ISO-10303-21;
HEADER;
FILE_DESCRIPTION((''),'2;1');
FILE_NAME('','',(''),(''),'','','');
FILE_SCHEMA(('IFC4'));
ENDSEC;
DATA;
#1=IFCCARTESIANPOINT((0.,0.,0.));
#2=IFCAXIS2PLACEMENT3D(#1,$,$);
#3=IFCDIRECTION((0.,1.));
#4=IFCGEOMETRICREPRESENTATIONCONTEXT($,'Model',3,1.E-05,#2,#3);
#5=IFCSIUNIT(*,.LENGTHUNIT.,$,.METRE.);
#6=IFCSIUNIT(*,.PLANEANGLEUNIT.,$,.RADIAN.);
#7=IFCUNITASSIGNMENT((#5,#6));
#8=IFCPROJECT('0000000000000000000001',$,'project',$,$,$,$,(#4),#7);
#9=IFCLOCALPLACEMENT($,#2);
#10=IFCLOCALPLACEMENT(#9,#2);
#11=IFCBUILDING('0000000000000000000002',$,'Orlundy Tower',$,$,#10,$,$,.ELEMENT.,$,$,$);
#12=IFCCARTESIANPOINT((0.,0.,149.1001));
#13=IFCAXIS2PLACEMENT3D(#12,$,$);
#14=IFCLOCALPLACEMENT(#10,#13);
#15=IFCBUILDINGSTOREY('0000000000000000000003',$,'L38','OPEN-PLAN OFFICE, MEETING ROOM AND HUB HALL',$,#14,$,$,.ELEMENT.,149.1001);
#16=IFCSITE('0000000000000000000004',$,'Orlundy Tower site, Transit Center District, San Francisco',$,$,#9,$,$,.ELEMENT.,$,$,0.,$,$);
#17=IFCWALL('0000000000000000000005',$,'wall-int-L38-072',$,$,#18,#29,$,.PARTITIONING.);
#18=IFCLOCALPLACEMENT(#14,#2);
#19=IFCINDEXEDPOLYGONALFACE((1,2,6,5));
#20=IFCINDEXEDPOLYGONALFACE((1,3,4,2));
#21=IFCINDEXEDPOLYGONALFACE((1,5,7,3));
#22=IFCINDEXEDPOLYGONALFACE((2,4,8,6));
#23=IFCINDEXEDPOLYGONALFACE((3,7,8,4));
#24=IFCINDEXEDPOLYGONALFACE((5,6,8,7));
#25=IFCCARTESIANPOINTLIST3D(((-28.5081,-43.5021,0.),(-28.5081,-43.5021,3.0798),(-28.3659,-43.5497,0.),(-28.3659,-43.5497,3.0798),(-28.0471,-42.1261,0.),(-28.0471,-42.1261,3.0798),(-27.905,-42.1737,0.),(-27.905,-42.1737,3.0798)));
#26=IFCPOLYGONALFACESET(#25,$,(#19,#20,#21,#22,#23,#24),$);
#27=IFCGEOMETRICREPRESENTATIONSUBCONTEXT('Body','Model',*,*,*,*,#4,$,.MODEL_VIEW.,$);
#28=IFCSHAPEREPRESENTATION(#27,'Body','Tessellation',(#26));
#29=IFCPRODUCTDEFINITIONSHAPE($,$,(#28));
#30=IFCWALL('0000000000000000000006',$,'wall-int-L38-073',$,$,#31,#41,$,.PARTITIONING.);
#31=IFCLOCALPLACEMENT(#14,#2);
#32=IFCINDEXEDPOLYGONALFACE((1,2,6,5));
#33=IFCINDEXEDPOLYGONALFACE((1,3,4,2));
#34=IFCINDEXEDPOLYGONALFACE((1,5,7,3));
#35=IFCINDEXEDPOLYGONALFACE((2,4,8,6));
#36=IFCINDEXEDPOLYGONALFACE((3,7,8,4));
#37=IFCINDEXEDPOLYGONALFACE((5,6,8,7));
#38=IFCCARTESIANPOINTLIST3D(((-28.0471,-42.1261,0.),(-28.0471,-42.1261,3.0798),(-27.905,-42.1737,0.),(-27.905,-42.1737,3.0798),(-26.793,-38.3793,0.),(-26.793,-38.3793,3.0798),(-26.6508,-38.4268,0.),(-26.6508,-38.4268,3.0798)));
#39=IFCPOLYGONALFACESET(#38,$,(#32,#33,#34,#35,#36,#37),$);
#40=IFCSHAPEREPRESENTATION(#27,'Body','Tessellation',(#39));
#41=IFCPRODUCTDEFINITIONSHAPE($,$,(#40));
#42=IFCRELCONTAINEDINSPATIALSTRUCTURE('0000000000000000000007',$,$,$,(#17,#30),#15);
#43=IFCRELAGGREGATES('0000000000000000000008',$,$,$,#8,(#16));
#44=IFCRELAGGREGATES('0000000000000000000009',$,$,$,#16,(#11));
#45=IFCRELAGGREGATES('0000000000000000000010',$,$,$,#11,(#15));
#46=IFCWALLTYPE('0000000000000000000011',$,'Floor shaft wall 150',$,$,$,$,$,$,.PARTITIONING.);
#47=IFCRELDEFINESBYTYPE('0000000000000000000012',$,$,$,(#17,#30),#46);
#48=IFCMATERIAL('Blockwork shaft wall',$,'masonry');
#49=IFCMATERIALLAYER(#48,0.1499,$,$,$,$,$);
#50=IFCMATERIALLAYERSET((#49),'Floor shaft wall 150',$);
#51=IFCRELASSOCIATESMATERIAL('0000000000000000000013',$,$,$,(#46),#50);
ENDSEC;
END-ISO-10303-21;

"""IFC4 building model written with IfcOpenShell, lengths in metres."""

from ifc_helpers import new_model, si_unit, direction, frame, frame_2d, origin, place, context, subcontext, project, spatial, rectangle, extrude, material, layer, layer_set, type_object, element, save


model = new_model("IFC4")

# Units and contexts
model_context = context("Model", 3, precision=1e-05, world=origin(), true_north=direction((0.0, 1.0)))
body_context = subcontext(model_context, "Body", "Model", "MODEL_VIEW")
ifc_project = project(units=[si_unit("LENGTHUNIT", "METRE"), si_unit("PLANEANGLEUNIT", "RADIAN")], contexts=[model_context])

# Site, building, storey
site_placement = place(None, origin())
site = spatial("IfcSite", under=ifc_project, at=site_placement, Name="Orlundy Tower site, Transit Center District, San Francisco", CompositionType="ELEMENT", RefElevation=0.0)
building_placement = place(site_placement, origin())
building = spatial("IfcBuilding", under=site, at=building_placement, Name="Orlundy Tower", CompositionType="ELEMENT")
storey_placement = place(building_placement, frame((0.0, 0.0, 149.1001)))
storey = spatial("IfcBuildingStorey", under=building, at=storey_placement, Name="L38", Description="OPEN-PLAN OFFICE, MEETING ROOM AND HUB HALL", CompositionType="ELEMENT", Elevation=149.1001)

# Walls
ifc_material_1 = material(Name="Blockwork shaft wall", Category="masonry")
ifc_layer_1 = layer(ifc_material_1, 0.1499)
ifc_layer_set_1 = layer_set([ifc_layer_1], Name="Floor shaft wall 150")
wall_type_1 = type_object("IfcWallType", Name="Floor shaft wall 150", PredefinedType="PARTITIONING", material=ifc_layer_set_1)
wall_1_placement = place(storey_placement, frame((-28.437, -43.5259, 0.0), z_axis=(0.0, 0.0, 1.0), x_axis=(0.317641, 0.948211, 0.0)))
element("IfcWall", 1, at=wall_1_placement, inside=storey, type_object=wall_type_1, Name="wall-int-L38-072", PredefinedType="PARTITIONING", context=body_context, shape_type="SweptSolid", body=[
    extrude(rectangle(XDim=1.4512, YDim=0.1499, at=frame_2d((0.7256, 0.0))), origin(), (0.0, 0.0, 1.0), 3.0798),
])
wall_2_placement = place(storey_placement, frame((-27.9761, -42.1499, 0.0), z_axis=(0.0, 0.0, 1.0), x_axis=(0.317414, 0.948287, 0.0)))
element("IfcWall", 2, at=wall_2_placement, inside=storey, type_object=wall_type_1, Name="wall-int-L38-073", PredefinedType="PARTITIONING", context=body_context, shape_type="SweptSolid", body=[
    extrude(rectangle(XDim=3.9512, YDim=0.1499, at=frame_2d((1.9756, 0.0))), origin(), (0.0, 0.0, 1.0), 3.0798),
])

save(model, "model.ifc")
